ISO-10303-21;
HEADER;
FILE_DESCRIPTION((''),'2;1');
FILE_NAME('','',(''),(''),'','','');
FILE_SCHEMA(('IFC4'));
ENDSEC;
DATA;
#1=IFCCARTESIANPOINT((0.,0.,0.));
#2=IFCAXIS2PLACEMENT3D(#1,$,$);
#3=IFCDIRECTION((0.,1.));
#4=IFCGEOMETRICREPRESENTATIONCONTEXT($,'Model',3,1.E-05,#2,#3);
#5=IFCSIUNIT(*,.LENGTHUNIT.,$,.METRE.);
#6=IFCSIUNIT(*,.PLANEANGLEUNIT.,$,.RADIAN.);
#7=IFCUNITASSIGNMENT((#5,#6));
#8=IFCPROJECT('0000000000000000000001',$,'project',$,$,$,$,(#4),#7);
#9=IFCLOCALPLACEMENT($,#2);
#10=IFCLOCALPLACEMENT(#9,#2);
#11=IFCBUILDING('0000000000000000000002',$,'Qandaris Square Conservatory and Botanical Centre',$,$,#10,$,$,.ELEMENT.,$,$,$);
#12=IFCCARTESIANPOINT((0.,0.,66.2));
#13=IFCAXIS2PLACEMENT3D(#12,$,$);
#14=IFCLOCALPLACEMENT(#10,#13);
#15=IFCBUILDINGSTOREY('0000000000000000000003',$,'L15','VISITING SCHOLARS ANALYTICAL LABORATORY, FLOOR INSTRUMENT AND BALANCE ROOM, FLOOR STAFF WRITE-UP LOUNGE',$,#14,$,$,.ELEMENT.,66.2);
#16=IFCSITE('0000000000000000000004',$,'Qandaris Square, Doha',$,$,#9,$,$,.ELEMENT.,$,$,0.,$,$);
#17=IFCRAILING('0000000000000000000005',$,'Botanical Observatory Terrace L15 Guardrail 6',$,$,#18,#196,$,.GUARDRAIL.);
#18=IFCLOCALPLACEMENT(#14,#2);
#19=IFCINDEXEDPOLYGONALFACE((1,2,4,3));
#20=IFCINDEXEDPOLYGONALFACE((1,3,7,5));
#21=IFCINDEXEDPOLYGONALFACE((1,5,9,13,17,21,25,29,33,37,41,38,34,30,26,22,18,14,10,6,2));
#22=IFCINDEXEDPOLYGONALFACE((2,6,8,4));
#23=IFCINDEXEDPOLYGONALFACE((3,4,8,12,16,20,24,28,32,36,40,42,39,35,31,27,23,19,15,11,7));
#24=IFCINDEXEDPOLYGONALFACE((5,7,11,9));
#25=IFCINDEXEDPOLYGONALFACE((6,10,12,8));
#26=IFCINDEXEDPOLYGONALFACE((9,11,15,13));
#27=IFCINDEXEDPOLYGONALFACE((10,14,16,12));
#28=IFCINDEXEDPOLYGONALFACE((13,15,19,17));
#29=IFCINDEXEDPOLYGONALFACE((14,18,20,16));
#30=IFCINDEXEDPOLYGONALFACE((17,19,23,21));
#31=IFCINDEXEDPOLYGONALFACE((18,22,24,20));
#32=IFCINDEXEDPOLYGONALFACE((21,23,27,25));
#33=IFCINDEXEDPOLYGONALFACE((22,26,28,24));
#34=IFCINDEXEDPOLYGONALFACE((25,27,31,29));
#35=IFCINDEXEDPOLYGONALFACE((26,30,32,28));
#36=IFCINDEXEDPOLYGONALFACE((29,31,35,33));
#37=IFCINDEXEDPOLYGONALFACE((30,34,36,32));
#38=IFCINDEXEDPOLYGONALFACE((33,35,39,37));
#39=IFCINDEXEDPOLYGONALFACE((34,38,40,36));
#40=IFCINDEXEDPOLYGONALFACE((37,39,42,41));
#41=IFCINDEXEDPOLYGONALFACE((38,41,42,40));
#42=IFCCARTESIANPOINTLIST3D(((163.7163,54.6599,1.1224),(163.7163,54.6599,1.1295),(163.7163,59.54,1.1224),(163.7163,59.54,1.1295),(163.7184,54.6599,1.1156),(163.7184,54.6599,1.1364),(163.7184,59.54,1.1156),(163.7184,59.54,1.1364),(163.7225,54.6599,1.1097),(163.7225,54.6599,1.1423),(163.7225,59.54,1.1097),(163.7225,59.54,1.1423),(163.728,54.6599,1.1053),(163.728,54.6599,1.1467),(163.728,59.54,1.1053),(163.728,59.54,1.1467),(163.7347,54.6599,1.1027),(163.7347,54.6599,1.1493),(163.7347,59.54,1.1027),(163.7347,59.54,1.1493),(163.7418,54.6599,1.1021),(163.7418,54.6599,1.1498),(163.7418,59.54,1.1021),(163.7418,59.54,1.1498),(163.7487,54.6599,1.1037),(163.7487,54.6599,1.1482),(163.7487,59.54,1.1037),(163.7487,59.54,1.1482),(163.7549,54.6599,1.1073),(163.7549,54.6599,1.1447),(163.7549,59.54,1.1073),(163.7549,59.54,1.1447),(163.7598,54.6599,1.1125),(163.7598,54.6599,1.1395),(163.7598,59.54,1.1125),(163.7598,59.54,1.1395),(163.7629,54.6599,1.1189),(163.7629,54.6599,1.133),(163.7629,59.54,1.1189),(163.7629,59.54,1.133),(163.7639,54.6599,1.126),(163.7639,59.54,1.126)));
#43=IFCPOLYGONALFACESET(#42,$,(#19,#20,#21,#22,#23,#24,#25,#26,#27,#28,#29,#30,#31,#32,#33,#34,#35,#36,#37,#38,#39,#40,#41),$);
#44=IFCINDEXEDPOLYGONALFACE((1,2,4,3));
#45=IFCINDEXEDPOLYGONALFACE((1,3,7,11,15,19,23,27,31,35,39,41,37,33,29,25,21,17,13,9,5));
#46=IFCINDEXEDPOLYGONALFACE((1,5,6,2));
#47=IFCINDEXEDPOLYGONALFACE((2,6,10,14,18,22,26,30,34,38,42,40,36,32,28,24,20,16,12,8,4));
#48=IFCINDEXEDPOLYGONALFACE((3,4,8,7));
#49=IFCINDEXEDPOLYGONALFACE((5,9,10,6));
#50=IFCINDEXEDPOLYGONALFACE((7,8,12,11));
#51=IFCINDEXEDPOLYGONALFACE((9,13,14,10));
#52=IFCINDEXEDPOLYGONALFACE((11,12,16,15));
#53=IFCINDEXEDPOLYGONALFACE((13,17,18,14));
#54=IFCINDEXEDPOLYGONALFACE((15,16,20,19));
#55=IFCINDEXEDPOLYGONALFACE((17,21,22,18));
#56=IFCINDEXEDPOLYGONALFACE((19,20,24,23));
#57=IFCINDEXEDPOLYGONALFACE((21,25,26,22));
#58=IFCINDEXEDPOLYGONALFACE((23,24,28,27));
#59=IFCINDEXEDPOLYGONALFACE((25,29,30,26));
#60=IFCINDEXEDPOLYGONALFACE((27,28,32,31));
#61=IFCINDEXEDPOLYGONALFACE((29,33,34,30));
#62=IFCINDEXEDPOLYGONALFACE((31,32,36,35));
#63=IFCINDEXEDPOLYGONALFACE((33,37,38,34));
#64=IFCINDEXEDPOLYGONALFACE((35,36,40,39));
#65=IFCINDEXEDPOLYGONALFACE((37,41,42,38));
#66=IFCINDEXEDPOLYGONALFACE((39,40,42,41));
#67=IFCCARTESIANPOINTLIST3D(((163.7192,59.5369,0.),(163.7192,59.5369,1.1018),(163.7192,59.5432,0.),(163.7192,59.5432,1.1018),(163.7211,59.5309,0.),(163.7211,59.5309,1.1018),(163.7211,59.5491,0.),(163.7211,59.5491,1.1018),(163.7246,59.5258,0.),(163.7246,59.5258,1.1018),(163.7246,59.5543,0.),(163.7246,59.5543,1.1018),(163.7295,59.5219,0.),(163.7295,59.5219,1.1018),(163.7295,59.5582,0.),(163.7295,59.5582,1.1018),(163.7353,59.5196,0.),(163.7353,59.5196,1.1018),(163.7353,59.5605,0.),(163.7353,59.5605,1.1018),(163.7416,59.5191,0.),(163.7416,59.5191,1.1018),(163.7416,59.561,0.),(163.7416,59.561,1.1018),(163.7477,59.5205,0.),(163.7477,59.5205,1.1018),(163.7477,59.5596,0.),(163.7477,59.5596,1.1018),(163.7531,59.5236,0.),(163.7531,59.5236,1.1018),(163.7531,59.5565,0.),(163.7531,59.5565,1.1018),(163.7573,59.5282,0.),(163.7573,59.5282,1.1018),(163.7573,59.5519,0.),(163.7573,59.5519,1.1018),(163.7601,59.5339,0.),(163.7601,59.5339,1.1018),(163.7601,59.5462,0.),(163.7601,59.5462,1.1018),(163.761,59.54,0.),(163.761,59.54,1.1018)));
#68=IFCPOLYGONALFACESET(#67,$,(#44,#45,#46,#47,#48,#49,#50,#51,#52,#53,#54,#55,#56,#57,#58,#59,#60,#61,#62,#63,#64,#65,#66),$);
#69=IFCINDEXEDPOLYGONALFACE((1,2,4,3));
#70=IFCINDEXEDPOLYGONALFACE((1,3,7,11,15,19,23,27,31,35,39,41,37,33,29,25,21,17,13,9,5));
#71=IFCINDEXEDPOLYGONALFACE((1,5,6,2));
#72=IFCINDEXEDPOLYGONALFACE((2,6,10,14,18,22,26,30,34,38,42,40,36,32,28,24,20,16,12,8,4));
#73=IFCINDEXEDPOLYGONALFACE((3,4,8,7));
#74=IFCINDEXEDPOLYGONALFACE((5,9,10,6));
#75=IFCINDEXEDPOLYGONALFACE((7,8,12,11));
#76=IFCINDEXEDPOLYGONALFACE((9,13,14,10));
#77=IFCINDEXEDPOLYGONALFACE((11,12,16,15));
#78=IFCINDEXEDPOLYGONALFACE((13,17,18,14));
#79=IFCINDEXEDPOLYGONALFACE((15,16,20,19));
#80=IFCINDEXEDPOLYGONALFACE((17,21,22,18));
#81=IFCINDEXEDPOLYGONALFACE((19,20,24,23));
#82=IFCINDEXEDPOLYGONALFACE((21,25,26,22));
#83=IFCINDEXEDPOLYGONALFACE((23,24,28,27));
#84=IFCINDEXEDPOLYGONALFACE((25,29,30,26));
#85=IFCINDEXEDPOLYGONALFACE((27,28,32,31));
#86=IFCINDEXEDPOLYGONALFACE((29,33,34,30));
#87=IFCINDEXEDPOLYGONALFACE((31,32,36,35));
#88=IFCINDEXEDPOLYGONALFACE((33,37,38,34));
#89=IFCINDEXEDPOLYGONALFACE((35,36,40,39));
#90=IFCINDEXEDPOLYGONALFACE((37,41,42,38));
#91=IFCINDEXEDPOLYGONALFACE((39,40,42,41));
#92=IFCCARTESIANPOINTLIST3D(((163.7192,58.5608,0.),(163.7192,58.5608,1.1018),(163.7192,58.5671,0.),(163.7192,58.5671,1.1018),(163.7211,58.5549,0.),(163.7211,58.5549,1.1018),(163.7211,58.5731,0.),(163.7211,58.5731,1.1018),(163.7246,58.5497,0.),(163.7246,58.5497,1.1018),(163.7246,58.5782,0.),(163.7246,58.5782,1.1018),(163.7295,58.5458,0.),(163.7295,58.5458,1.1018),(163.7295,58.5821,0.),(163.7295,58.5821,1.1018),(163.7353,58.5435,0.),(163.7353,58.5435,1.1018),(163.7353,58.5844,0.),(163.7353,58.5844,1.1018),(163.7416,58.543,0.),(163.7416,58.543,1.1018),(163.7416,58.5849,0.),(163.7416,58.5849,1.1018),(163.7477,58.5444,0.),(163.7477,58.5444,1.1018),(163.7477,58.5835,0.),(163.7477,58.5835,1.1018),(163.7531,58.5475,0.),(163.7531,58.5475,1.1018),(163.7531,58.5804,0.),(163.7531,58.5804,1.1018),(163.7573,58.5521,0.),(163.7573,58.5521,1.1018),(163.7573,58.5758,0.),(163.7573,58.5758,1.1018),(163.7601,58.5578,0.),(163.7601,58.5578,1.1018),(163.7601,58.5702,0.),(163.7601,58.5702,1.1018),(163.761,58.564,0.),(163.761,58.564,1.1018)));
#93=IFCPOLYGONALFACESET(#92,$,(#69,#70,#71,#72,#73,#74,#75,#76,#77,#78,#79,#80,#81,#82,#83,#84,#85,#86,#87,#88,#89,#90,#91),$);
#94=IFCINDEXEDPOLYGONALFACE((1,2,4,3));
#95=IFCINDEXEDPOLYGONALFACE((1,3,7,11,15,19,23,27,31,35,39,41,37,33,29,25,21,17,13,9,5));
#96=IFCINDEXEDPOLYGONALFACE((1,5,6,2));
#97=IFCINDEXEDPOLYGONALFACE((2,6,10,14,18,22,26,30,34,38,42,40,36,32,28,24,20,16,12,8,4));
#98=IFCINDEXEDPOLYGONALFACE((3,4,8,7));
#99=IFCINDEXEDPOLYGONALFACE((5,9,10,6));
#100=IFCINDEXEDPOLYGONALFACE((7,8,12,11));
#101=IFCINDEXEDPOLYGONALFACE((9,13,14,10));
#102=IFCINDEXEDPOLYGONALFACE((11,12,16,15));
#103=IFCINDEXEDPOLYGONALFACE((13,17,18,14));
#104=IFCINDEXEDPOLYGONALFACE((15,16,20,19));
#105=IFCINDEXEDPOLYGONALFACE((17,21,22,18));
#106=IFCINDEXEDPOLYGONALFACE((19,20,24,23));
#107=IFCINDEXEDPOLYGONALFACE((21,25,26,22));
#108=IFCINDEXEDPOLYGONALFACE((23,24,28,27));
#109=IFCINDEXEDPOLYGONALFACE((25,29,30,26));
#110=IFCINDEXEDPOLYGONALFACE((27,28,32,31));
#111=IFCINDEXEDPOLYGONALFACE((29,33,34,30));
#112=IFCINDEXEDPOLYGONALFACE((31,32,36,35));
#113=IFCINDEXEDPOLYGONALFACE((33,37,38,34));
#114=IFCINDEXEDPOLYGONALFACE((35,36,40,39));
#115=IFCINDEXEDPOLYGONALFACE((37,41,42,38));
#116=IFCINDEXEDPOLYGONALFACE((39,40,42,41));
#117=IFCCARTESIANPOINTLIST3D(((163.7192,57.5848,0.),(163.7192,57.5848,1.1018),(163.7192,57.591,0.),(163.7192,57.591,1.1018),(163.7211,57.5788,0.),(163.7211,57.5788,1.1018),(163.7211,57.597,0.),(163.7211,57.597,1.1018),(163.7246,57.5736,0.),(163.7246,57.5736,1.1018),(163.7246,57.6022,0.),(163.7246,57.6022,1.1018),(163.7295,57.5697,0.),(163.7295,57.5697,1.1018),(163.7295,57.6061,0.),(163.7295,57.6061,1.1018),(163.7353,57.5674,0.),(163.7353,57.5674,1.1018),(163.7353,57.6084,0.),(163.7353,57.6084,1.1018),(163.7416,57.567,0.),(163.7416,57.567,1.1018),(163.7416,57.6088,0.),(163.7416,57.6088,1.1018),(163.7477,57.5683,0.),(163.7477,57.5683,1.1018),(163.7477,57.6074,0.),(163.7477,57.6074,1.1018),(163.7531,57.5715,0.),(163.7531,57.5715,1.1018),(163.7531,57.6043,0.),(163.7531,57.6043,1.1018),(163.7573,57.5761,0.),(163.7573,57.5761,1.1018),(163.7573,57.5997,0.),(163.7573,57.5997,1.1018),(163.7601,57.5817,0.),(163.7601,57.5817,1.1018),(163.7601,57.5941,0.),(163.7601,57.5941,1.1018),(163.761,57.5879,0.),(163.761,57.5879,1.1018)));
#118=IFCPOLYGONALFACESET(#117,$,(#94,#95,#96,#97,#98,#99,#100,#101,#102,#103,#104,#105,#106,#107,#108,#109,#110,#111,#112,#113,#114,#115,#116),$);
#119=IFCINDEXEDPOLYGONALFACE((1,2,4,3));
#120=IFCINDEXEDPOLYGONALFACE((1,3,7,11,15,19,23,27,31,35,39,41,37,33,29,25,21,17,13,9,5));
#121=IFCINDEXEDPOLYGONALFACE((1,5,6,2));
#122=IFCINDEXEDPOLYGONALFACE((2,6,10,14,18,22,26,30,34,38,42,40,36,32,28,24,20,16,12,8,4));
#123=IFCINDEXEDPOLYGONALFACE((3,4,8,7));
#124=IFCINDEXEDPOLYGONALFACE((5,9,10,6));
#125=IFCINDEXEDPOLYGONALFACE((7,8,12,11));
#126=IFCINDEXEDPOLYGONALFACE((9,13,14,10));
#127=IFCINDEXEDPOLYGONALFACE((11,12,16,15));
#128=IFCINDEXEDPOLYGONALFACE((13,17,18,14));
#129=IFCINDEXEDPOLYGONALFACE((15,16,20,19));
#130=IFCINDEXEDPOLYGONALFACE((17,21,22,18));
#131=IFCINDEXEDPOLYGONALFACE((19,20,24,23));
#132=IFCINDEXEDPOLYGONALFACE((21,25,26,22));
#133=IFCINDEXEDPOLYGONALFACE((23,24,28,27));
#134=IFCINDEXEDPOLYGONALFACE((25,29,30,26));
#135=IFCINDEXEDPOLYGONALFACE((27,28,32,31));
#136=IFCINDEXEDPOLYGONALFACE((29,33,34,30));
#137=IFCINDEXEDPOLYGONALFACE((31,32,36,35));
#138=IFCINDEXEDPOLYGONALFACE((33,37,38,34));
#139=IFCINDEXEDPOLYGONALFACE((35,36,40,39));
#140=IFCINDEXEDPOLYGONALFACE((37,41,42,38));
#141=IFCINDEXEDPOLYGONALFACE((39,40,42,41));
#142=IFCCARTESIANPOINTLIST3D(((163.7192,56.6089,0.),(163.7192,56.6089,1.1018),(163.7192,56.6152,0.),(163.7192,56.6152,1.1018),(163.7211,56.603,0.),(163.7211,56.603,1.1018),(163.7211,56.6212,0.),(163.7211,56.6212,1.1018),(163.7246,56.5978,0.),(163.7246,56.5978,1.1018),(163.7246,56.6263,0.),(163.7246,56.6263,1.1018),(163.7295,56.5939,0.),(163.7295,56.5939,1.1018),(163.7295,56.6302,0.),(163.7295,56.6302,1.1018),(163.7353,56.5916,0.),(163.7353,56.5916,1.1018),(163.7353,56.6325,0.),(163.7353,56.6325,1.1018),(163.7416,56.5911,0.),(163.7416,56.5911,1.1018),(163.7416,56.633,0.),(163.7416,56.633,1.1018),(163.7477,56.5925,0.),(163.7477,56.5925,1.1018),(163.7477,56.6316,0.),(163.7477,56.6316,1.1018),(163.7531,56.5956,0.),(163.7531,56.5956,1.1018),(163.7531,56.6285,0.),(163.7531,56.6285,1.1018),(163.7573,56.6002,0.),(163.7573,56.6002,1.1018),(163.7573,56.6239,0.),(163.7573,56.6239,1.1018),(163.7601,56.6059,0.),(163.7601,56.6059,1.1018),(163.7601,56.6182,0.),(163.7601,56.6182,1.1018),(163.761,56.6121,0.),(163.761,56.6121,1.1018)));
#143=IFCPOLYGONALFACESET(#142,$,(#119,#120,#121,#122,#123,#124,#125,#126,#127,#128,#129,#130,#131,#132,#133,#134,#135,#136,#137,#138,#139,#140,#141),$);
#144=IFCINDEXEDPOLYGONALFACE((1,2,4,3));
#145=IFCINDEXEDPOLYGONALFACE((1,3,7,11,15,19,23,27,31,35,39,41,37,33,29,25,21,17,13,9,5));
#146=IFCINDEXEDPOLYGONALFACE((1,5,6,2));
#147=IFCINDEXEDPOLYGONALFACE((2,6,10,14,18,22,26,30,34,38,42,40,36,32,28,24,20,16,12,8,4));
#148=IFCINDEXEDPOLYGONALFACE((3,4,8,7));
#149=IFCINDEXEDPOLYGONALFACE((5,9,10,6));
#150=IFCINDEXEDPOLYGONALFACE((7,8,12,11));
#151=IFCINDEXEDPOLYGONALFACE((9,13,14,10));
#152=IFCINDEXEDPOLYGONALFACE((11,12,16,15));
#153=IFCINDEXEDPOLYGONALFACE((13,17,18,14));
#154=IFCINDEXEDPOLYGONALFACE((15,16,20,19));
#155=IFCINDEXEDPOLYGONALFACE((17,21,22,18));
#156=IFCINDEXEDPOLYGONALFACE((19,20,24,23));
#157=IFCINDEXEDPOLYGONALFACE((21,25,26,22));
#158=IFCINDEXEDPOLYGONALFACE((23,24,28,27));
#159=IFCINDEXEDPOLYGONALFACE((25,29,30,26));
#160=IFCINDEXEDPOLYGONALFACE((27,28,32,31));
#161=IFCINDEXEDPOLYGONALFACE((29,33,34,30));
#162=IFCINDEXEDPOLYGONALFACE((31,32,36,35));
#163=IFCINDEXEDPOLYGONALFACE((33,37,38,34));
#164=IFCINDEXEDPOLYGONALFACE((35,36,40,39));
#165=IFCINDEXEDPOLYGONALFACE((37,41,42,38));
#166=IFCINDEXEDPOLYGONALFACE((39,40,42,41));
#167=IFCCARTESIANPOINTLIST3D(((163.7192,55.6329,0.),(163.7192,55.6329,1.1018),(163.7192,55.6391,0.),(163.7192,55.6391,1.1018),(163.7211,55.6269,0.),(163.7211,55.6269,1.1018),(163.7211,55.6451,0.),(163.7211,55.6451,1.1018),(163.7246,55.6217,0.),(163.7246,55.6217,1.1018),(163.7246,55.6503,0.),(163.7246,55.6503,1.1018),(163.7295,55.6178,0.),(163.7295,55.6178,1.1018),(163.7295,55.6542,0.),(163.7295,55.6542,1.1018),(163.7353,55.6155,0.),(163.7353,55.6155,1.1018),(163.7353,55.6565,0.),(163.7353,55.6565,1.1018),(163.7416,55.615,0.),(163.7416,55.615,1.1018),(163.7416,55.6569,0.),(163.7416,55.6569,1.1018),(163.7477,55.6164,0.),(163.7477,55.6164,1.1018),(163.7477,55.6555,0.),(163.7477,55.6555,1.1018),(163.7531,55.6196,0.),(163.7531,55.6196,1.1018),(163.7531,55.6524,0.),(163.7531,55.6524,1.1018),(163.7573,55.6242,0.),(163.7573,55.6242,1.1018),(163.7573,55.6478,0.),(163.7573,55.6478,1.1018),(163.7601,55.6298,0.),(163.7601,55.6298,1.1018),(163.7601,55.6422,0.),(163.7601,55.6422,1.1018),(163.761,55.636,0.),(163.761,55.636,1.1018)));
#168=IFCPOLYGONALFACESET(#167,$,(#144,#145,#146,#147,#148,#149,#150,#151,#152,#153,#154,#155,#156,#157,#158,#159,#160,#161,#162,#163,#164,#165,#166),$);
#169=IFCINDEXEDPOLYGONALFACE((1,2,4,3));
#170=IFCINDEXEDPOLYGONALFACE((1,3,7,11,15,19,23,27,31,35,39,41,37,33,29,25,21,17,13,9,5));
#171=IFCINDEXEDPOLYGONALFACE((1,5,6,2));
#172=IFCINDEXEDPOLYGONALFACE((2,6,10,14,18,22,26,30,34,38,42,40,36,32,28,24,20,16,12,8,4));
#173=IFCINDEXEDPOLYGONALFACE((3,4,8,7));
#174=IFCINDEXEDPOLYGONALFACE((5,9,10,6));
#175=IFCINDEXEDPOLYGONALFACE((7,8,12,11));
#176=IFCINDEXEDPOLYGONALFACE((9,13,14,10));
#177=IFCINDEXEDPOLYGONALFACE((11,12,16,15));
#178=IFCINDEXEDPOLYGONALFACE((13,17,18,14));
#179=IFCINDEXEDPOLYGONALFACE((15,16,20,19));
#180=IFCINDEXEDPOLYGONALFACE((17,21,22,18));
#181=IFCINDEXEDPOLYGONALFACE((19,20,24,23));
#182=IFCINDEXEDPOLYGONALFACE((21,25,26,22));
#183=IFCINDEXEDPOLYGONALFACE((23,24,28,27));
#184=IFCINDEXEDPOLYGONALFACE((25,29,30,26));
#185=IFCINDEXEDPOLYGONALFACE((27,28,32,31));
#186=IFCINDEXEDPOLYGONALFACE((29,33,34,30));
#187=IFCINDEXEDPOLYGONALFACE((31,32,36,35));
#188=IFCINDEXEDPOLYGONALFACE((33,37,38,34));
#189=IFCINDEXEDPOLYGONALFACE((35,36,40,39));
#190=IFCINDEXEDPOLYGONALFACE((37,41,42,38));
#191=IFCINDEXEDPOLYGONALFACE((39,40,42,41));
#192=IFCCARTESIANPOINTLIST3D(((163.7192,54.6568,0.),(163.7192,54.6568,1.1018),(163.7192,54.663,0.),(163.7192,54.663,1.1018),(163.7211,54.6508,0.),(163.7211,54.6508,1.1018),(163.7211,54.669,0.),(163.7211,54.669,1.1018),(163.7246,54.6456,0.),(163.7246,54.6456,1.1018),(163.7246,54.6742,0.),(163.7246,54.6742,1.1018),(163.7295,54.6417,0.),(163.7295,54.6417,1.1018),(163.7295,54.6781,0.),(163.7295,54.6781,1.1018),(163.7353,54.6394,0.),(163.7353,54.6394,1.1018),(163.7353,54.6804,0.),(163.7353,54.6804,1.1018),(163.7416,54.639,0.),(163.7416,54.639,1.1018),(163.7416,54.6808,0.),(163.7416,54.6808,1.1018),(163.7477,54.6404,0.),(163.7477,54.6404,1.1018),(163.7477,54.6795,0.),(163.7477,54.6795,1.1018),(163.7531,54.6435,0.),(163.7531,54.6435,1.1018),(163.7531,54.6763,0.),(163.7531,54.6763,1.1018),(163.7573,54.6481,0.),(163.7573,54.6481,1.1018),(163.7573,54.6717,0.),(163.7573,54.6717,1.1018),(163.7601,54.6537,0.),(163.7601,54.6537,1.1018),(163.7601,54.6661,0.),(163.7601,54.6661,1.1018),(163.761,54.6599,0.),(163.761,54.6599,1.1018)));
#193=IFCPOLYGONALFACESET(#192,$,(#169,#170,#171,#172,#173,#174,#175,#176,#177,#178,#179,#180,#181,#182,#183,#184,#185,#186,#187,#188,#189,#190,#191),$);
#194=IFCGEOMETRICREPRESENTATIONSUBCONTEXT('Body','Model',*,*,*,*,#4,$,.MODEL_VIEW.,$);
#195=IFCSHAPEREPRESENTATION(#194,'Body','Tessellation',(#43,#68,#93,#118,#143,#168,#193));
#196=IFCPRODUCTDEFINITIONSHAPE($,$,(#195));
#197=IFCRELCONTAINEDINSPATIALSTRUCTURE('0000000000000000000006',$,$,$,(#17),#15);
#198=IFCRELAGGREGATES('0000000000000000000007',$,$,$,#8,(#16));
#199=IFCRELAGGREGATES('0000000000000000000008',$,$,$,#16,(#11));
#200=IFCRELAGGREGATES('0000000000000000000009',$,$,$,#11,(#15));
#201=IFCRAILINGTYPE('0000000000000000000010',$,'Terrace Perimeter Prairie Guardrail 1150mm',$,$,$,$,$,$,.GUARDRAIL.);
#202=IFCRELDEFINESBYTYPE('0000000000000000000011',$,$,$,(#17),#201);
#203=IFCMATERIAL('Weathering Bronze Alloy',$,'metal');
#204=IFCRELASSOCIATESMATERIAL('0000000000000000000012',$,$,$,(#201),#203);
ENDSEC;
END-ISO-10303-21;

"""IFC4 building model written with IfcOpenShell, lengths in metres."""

from ifc_helpers import new_model, si_unit, direction, frame, origin, origin_2d, place, context, subcontext, project, spatial, circle, extrude, material, type_object, element, save


model = new_model("IFC4")

# Units and contexts
model_context = context("Model", 3, precision=1e-05, world=origin(), true_north=direction((0.0, 1.0)))
body_context = subcontext(model_context, "Body", "Model", "MODEL_VIEW")
ifc_project = project(units=[si_unit("LENGTHUNIT", "METRE"), si_unit("PLANEANGLEUNIT", "RADIAN")], contexts=[model_context])

# Site, building, storey
site_placement = place(None, origin())
site = spatial("IfcSite", under=ifc_project, at=site_placement, Name="Qandaris Square, Doha", CompositionType="ELEMENT", RefElevation=0.0)
building_placement = place(site_placement, origin())
building = spatial("IfcBuilding", under=site, at=building_placement, Name="Qandaris Square Conservatory and Botanical Centre", CompositionType="ELEMENT")
storey_placement = place(building_placement, frame((0.0, 0.0, 66.2)))
storey = spatial("IfcBuildingStorey", under=building, at=storey_placement, Name="L15", Description="VISITING SCHOLARS ANALYTICAL LABORATORY, FLOOR INSTRUMENT AND BALANCE ROOM, FLOOR STAFF WRITE-UP LOUNGE", CompositionType="ELEMENT", Elevation=66.2)

# Railing
ifc_material_1 = material(Name="Weathering Bronze Alloy", Category="metal")
railing_type = type_object("IfcRailingType", Name="Terrace Perimeter Prairie Guardrail 1150mm", PredefinedType="GUARDRAIL", material=ifc_material_1)
railing_1_placement = place(storey_placement, frame((163.74, 59.54, 0.0)))
element("IfcRailing", 1, at=railing_1_placement, inside=storey, type_object=railing_type, Name="Botanical Observatory Terrace L15 Guardrail 6", PredefinedType="GUARDRAIL", context=body_context, shape_type="SweptSolid", body=[
    extrude(circle(Radius=0.0239, at=origin_2d()), frame((0.0, 0.0, 1.126), z_axis=(0.0, -1.0, 0.0), x_axis=(1.0, 0.0, 0.0)), (0.0, 0.0, 1.0), 4.8801),
    extrude(circle(Radius=0.021, at=origin_2d()), origin(), (0.0, 0.0, 1.0), 1.1018),
    extrude(circle(Radius=0.021, at=origin_2d()), frame((0.0, -0.9761, 0.0)), (0.0, 0.0, 1.0), 1.1018),
    extrude(circle(Radius=0.021, at=origin_2d()), frame((0.0, -1.9521, 0.0)), (0.0, 0.0, 1.0), 1.1018),
    extrude(circle(Radius=0.021, at=origin_2d()), frame((0.0, -2.928, 0.0)), (0.0, 0.0, 1.0), 1.1018),
    extrude(circle(Radius=0.021, at=origin_2d()), frame((0.0, -3.9041, 0.0)), (0.0, 0.0, 1.0), 1.1018),
    extrude(circle(Radius=0.021, at=origin_2d()), frame((0.0, -4.8801, 0.0)), (0.0, 0.0, 1.0), 1.1018),
])

save(model, "model.ifc")
